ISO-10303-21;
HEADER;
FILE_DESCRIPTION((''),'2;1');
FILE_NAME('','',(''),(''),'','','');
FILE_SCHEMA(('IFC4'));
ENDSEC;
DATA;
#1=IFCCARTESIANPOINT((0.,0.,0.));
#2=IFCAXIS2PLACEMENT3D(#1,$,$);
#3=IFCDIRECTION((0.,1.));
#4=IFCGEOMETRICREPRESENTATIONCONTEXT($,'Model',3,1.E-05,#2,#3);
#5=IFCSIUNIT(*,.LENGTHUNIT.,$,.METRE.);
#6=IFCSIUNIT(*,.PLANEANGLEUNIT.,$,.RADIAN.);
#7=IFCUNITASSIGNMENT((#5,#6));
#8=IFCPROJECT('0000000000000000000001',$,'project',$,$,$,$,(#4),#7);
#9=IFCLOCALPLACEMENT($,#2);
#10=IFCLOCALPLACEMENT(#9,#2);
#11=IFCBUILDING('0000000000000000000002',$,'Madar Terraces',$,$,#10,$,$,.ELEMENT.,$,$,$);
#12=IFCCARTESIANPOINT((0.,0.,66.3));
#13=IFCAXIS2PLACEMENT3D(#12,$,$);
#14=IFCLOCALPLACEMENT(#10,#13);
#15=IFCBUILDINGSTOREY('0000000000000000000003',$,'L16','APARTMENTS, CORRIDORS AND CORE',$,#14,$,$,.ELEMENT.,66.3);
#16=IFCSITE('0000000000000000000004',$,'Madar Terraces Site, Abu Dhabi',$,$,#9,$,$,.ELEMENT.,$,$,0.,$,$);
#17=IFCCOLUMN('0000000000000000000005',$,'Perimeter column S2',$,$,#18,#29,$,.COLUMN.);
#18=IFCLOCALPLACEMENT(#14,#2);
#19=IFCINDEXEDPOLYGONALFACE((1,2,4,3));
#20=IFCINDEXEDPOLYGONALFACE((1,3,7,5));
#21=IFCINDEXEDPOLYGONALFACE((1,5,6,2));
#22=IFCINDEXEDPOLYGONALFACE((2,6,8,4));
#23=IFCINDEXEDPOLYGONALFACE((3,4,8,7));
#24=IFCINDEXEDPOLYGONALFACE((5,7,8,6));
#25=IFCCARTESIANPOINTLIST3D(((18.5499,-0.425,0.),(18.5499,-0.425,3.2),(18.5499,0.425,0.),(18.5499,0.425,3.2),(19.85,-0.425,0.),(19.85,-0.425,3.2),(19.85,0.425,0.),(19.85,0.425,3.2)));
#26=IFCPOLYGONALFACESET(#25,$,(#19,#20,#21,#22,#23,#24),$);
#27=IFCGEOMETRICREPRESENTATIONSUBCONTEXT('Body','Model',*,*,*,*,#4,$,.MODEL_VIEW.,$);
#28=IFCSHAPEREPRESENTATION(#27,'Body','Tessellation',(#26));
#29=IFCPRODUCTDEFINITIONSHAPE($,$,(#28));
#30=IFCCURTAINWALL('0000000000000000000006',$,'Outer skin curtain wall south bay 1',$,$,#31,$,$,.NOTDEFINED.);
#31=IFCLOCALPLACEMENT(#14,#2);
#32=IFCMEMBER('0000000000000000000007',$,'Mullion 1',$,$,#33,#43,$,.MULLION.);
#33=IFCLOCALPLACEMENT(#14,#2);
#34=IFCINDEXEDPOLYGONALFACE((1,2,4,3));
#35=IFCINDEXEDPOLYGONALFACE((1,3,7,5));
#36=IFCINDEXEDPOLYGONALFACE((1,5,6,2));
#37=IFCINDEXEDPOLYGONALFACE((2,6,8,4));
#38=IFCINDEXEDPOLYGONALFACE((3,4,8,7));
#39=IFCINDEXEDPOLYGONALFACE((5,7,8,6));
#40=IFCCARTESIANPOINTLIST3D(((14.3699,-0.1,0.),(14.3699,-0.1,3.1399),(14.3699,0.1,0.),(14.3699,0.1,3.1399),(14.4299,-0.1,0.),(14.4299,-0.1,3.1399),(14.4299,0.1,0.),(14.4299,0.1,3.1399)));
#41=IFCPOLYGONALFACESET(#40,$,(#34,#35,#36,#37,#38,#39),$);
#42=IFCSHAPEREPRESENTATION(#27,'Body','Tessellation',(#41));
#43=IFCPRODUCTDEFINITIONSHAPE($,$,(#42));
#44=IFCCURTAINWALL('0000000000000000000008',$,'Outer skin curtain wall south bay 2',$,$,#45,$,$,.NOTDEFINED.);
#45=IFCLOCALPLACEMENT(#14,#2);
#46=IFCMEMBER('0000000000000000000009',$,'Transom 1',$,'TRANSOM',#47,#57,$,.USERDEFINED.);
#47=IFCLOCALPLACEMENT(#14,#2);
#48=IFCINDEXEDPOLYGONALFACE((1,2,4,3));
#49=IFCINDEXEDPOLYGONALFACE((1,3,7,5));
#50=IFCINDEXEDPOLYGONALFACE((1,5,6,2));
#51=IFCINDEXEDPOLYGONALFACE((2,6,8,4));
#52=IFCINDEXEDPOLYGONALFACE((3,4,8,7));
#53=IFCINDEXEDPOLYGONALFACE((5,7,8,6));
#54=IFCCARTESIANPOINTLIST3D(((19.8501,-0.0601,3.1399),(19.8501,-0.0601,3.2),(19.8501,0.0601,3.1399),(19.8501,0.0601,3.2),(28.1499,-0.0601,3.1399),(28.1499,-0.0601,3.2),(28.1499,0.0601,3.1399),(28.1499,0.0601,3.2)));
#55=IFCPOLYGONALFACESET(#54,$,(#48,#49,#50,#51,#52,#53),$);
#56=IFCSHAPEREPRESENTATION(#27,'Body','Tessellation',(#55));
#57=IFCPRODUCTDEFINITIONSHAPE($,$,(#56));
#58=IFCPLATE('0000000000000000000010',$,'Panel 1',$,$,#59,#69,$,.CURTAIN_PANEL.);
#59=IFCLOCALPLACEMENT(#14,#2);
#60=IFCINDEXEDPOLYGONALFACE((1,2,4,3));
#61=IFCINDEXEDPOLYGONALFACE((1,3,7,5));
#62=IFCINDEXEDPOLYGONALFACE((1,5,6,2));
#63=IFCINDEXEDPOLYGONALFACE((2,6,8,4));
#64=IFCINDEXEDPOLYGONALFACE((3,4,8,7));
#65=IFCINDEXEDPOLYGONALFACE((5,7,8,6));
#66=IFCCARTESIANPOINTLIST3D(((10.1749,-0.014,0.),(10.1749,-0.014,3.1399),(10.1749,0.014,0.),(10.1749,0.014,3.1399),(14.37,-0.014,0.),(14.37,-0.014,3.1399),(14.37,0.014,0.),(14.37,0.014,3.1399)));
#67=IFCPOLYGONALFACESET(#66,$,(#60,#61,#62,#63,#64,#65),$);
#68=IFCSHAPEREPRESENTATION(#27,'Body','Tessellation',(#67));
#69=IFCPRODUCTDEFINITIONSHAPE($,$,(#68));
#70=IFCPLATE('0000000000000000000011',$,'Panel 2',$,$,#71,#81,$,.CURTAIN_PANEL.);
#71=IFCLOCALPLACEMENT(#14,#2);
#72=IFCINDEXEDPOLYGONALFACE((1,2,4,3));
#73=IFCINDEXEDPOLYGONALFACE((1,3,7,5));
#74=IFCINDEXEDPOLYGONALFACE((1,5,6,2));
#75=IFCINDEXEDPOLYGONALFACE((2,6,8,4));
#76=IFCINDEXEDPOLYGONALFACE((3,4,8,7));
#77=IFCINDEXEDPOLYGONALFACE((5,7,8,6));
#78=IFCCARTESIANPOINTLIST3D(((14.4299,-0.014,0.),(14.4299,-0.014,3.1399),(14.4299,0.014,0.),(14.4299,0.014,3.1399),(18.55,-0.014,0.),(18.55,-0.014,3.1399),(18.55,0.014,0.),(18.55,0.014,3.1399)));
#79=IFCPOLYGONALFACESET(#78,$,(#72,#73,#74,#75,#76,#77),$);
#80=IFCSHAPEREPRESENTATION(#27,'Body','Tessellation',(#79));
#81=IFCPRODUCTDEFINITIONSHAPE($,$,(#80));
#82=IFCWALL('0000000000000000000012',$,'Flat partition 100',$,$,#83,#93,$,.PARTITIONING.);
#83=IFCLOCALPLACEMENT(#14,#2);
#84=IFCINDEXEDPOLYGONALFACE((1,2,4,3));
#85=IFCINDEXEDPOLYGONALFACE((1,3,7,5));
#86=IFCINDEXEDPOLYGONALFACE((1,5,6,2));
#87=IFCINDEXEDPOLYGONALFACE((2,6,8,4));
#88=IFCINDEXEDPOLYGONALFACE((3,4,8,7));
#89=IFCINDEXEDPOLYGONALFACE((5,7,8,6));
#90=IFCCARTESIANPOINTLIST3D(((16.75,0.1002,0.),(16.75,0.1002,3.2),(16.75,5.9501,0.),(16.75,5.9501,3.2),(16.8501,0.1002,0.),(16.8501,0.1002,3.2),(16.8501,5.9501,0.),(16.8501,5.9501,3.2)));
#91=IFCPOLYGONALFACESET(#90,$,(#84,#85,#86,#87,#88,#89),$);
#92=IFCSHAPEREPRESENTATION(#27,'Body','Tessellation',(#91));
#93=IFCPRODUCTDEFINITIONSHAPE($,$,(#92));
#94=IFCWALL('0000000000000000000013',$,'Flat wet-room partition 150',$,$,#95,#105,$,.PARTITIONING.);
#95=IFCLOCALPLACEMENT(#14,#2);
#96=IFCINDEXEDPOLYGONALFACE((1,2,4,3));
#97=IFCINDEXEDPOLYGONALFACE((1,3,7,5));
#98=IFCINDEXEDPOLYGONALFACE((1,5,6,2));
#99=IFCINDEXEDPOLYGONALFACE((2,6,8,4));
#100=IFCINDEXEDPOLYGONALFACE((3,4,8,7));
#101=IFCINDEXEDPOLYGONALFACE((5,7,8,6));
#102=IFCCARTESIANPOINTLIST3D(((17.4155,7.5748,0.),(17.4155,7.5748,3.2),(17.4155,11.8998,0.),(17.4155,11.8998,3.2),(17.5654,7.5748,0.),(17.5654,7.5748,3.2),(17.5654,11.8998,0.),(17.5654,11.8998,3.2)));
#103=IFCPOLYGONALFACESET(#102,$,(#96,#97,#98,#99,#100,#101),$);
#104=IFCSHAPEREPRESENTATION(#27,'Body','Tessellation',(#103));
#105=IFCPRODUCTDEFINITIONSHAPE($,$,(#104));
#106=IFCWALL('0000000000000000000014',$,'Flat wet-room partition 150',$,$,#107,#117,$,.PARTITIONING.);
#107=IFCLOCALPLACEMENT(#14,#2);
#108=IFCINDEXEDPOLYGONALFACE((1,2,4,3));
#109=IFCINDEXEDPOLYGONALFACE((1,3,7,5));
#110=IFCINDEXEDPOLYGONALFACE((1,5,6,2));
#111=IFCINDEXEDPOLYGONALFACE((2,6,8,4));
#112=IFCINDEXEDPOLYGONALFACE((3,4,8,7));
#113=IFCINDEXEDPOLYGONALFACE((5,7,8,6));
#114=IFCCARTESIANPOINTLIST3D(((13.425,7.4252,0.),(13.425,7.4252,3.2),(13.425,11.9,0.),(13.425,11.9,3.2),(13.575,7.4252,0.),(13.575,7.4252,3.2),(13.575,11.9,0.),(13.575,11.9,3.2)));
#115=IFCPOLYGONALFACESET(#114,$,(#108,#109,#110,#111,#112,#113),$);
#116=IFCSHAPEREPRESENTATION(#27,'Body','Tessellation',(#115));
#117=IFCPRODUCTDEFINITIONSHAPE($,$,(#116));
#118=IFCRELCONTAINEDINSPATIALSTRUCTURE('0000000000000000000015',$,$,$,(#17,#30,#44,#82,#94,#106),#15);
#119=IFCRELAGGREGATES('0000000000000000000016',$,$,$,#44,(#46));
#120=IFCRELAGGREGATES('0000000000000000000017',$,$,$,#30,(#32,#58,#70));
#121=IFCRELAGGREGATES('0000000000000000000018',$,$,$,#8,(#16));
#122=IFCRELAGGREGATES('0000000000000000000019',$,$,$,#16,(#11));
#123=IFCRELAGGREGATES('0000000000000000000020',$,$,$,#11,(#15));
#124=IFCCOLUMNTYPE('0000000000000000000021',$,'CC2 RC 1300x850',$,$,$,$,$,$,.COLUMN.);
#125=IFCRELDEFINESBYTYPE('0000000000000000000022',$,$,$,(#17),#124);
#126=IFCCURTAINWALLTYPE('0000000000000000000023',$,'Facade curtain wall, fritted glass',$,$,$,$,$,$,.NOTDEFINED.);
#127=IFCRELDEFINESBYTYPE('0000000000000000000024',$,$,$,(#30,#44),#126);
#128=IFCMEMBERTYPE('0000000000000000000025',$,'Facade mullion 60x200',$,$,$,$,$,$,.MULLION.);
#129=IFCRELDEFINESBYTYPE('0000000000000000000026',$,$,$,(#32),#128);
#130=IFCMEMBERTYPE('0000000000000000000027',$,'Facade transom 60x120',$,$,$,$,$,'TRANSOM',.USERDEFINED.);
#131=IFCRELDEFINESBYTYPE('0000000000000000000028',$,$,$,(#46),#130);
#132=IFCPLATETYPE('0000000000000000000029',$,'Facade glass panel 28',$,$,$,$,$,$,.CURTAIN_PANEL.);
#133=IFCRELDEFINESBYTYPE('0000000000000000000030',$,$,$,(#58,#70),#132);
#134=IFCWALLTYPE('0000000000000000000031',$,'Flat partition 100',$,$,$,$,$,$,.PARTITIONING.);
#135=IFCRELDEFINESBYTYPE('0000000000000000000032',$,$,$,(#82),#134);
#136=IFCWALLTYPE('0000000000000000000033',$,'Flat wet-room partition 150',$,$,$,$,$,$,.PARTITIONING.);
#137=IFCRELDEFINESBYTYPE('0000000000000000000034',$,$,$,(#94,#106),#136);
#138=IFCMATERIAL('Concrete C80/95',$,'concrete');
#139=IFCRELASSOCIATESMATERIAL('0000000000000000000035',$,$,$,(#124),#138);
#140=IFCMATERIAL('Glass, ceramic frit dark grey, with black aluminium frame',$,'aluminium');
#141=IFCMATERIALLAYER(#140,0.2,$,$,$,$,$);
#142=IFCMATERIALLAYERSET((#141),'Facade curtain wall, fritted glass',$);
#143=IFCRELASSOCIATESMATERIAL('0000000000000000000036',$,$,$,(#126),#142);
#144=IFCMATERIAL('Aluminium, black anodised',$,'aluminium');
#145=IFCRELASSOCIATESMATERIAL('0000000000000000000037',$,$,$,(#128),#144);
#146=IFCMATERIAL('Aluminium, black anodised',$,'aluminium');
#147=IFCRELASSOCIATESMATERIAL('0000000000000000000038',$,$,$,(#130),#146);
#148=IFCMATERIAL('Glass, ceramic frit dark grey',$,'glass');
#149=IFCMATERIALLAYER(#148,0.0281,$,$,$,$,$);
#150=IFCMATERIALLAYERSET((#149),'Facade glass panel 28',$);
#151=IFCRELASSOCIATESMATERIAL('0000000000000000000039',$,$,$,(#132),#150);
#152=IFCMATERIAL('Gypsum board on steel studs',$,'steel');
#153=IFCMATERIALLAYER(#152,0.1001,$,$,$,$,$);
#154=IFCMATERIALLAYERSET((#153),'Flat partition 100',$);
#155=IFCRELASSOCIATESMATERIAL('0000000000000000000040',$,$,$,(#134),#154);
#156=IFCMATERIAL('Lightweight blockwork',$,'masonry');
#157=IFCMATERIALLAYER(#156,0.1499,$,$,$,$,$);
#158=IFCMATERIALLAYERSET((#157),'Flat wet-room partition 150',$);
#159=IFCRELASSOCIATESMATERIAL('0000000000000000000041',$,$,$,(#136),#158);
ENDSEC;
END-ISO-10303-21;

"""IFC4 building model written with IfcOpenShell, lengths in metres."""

from ifc_helpers import new_model, si_unit, direction, frame, frame_2d, origin, origin_2d, place, context, subcontext, project, spatial, rectangle, extrude, material, layer, layer_set, material_profile, profile_set, type_object, element, aggregate, save


model = new_model("IFC4")

# Units and contexts
model_context = context("Model", 3, precision=1e-05, world=origin(), true_north=direction((0.0, 1.0)))
body_context = subcontext(model_context, "Body", "Model", "MODEL_VIEW")
ifc_project = project(units=[si_unit("LENGTHUNIT", "METRE"), si_unit("PLANEANGLEUNIT", "RADIAN")], contexts=[model_context])

# Site, building, storey
site_placement = place(None, origin())
site = spatial("IfcSite", under=ifc_project, at=site_placement, Name="Madar Terraces Site, Abu Dhabi", CompositionType="ELEMENT", RefElevation=0.0)
building_placement = place(site_placement, origin())
building = spatial("IfcBuilding", under=site, at=building_placement, Name="Madar Terraces", CompositionType="ELEMENT")
storey_placement = place(building_placement, frame((0.0, 0.0, 66.3)))
storey = spatial("IfcBuildingStorey", under=building, at=storey_placement, Name="L16", Description="APARTMENTS, CORRIDORS AND CORE", CompositionType="ELEMENT", Elevation=66.3)

# Column
ifc_material_1 = material(Name="Concrete C80/95", Category="concrete")
ifc_material_profile_1 = material_profile(ifc_material_1, rectangle(XDim=1.3, YDim=0.8501, at=origin_2d()), Name="CC2 RC 1300x850")
ifc_profile_set_1 = profile_set([ifc_material_profile_1], Name="Concrete C80/95")
column_type = type_object("IfcColumnType", Name="CC2 RC 1300x850", PredefinedType="COLUMN", material=ifc_profile_set_1)
column_placement = place(storey_placement, frame((19.2, 0.0, 0.0), z_axis=(0.0, 0.0, 1.0), x_axis=(1.0, 0.0, 0.0)))
element("IfcColumn", 1, at=column_placement, inside=storey, type_object=column_type, Name="Perimeter column S2", PredefinedType="COLUMN", context=body_context, shape_type="SweptSolid", body=[
    extrude(rectangle(XDim=1.3, YDim=0.8501, at=origin_2d()), origin(), (0.0, 0.0, 1.0), 3.2),
])

# Curtain walls, members
ifc_material_2 = material(Name="Glass, ceramic frit dark grey, with black aluminium frame", Category="aluminium")
ifc_layer_1 = layer(ifc_material_2, 0.2)
ifc_layer_set_1 = layer_set([ifc_layer_1], Name="Facade curtain wall, fritted glass")
curtain_wall_type = type_object("IfcCurtainWallType", Name="Facade curtain wall, fritted glass", PredefinedType="NOTDEFINED", material=ifc_layer_set_1)
curtain_wall_1_placement = place(storey_placement, origin())
curtain_wall_1 = element("IfcCurtainWall", 2, at=curtain_wall_1_placement, inside=storey, type_object=curtain_wall_type, Name="Outer skin curtain wall south bay 1", PredefinedType="NOTDEFINED")
ifc_material_3 = material(Name="Aluminium, black anodised", Category="aluminium")
ifc_material_profile_2 = material_profile(ifc_material_3, rectangle(XDim=0.2, YDim=0.0601, at=origin_2d()), Name="Facade mullion 60x200")
ifc_profile_set_2 = profile_set([ifc_material_profile_2], Name="Aluminium, black anodised")
member_type_1 = type_object("IfcMemberType", Name="Facade mullion 60x200", PredefinedType="MULLION", material=ifc_profile_set_2)
member_1_placement = place(storey_placement, frame((14.3999, 0.0, 0.0), z_axis=(0.0, 0.0, 1.0), x_axis=(0.0, 1.0, 0.0)))
member_1 = element("IfcMember", 3, at=member_1_placement, type_object=member_type_1, Name="Mullion 1", PredefinedType="MULLION", context=body_context, shape_type="SweptSolid", body=[
    extrude(rectangle(XDim=0.2, YDim=0.0601, at=origin_2d()), origin(), (0.0, 0.0, 1.0), 3.1399),
])
curtain_wall_2_placement = place(storey_placement, origin())
curtain_wall_2 = element("IfcCurtainWall", 4, at=curtain_wall_2_placement, inside=storey, type_object=curtain_wall_type, Name="Outer skin curtain wall south bay 2", PredefinedType="NOTDEFINED")
ifc_material_4 = material(Name="Aluminium, black anodised", Category="aluminium")
ifc_material_profile_3 = material_profile(ifc_material_4, rectangle(XDim=0.1201, YDim=0.0601, at=origin_2d()), Name="Facade transom 60x120")
ifc_profile_set_3 = profile_set([ifc_material_profile_3], Name="Aluminium, black anodised")
member_type_2 = type_object("IfcMemberType", Name="Facade transom 60x120", ElementType="TRANSOM", PredefinedType="USERDEFINED", material=ifc_profile_set_3)
member_2_placement = place(storey_placement, frame((19.8501, 0.0, 3.1699), z_axis=(1.0, 0.0, 0.0), x_axis=(0.0, 1.0, 0.0)))
member_2 = element("IfcMember", 5, at=member_2_placement, type_object=member_type_2, Name="Transom 1", ObjectType="TRANSOM", PredefinedType="USERDEFINED", context=body_context, shape_type="SweptSolid", body=[
    extrude(rectangle(XDim=0.1201, YDim=0.0601, at=origin_2d()), origin(), (0.0, 0.0, 1.0), 8.2998),
])
aggregate(curtain_wall_2, [member_2])

# Plates
ifc_material_5 = material(Name="Glass, ceramic frit dark grey", Category="glass")
ifc_layer_2 = layer(ifc_material_5, 0.0281)
ifc_layer_set_2 = layer_set([ifc_layer_2], Name="Facade glass panel 28")
plate_type = type_object("IfcPlateType", Name="Facade glass panel 28", PredefinedType="CURTAIN_PANEL", material=ifc_layer_set_2)
plate_1_placement = place(storey_placement, frame((12.2725, 0.0, 0.0), z_axis=(0.0, 0.0, 1.0), x_axis=(1.0, 0.0, 0.0)))
plate_1 = element("IfcPlate", 6, at=plate_1_placement, type_object=plate_type, Name="Panel 1", PredefinedType="CURTAIN_PANEL", context=body_context, shape_type="SweptSolid", body=[
    extrude(rectangle(XDim=4.1951, YDim=0.0281, at=origin_2d()), origin(), (0.0, 0.0, 1.0), 3.1399),
])
plate_2_placement = place(storey_placement, frame((16.49, 0.0, 0.0), z_axis=(0.0, 0.0, 1.0), x_axis=(1.0, 0.0, 0.0)))
plate_2 = element("IfcPlate", 7, at=plate_2_placement, type_object=plate_type, Name="Panel 2", PredefinedType="CURTAIN_PANEL", context=body_context, shape_type="SweptSolid", body=[
    extrude(rectangle(XDim=4.1201, YDim=0.0281, at=origin_2d()), origin(), (0.0, 0.0, 1.0), 3.1399),
])
aggregate(curtain_wall_1, [member_1, plate_1, plate_2])

# Walls
ifc_material_6 = material(Name="Gypsum board on steel studs", Category="steel")
ifc_layer_3 = layer(ifc_material_6, 0.1001)
ifc_layer_set_3 = layer_set([ifc_layer_3], Name="Flat partition 100")
wall_type_1 = type_object("IfcWallType", Name="Flat partition 100", PredefinedType="PARTITIONING", material=ifc_layer_set_3)
wall_1_placement = place(storey_placement, frame((16.8, 5.95, 0.0), z_axis=(0.0, 0.0, 1.0), x_axis=(0.0, -1.0, 0.0)))
element("IfcWall", 8, at=wall_1_placement, inside=storey, type_object=wall_type_1, Name="Flat partition 100", PredefinedType="PARTITIONING", context=body_context, shape_type="SweptSolid", body=[
    extrude(rectangle(XDim=5.8499, YDim=0.1001, at=frame_2d((2.9248, 0.0))), origin(), (0.0, 0.0, 1.0), 3.2),
])
ifc_material_7 = material(Name="Lightweight blockwork", Category="masonry")
ifc_layer_4 = layer(ifc_material_7, 0.1499)
ifc_layer_set_4 = layer_set([ifc_layer_4], Name="Flat wet-room partition 150")
wall_type_2 = type_object("IfcWallType", Name="Flat wet-room partition 150", PredefinedType="PARTITIONING", material=ifc_layer_set_4)
wall_2_placement = place(storey_placement, frame((17.4905, 11.8999, 0.0), z_axis=(0.0, 0.0, 1.0), x_axis=(0.0, -1.0, 0.0)))
element("IfcWall", 9, at=wall_2_placement, inside=storey, type_object=wall_type_2, Name="Flat wet-room partition 150", PredefinedType="PARTITIONING", context=body_context, shape_type="SweptSolid", body=[
    extrude(rectangle(XDim=4.325, YDim=0.1499, at=frame_2d((2.1626, 0.0))), origin(), (0.0, 0.0, 1.0), 3.2),
])
wall_3_placement = place(storey_placement, frame((13.5, 11.8999, 0.0), z_axis=(0.0, 0.0, 1.0), x_axis=(0.0, -1.0, 0.0)))
element("IfcWall", 10, at=wall_3_placement, inside=storey, type_object=wall_type_2, Name="Flat wet-room partition 150", PredefinedType="PARTITIONING", context=body_context, shape_type="SweptSolid", body=[
    extrude(rectangle(XDim=4.4749, YDim=0.1499, at=frame_2d((2.2373, 0.0))), origin(), (0.0, 0.0, 1.0), 3.2),
])

save(model, "model.ifc")
